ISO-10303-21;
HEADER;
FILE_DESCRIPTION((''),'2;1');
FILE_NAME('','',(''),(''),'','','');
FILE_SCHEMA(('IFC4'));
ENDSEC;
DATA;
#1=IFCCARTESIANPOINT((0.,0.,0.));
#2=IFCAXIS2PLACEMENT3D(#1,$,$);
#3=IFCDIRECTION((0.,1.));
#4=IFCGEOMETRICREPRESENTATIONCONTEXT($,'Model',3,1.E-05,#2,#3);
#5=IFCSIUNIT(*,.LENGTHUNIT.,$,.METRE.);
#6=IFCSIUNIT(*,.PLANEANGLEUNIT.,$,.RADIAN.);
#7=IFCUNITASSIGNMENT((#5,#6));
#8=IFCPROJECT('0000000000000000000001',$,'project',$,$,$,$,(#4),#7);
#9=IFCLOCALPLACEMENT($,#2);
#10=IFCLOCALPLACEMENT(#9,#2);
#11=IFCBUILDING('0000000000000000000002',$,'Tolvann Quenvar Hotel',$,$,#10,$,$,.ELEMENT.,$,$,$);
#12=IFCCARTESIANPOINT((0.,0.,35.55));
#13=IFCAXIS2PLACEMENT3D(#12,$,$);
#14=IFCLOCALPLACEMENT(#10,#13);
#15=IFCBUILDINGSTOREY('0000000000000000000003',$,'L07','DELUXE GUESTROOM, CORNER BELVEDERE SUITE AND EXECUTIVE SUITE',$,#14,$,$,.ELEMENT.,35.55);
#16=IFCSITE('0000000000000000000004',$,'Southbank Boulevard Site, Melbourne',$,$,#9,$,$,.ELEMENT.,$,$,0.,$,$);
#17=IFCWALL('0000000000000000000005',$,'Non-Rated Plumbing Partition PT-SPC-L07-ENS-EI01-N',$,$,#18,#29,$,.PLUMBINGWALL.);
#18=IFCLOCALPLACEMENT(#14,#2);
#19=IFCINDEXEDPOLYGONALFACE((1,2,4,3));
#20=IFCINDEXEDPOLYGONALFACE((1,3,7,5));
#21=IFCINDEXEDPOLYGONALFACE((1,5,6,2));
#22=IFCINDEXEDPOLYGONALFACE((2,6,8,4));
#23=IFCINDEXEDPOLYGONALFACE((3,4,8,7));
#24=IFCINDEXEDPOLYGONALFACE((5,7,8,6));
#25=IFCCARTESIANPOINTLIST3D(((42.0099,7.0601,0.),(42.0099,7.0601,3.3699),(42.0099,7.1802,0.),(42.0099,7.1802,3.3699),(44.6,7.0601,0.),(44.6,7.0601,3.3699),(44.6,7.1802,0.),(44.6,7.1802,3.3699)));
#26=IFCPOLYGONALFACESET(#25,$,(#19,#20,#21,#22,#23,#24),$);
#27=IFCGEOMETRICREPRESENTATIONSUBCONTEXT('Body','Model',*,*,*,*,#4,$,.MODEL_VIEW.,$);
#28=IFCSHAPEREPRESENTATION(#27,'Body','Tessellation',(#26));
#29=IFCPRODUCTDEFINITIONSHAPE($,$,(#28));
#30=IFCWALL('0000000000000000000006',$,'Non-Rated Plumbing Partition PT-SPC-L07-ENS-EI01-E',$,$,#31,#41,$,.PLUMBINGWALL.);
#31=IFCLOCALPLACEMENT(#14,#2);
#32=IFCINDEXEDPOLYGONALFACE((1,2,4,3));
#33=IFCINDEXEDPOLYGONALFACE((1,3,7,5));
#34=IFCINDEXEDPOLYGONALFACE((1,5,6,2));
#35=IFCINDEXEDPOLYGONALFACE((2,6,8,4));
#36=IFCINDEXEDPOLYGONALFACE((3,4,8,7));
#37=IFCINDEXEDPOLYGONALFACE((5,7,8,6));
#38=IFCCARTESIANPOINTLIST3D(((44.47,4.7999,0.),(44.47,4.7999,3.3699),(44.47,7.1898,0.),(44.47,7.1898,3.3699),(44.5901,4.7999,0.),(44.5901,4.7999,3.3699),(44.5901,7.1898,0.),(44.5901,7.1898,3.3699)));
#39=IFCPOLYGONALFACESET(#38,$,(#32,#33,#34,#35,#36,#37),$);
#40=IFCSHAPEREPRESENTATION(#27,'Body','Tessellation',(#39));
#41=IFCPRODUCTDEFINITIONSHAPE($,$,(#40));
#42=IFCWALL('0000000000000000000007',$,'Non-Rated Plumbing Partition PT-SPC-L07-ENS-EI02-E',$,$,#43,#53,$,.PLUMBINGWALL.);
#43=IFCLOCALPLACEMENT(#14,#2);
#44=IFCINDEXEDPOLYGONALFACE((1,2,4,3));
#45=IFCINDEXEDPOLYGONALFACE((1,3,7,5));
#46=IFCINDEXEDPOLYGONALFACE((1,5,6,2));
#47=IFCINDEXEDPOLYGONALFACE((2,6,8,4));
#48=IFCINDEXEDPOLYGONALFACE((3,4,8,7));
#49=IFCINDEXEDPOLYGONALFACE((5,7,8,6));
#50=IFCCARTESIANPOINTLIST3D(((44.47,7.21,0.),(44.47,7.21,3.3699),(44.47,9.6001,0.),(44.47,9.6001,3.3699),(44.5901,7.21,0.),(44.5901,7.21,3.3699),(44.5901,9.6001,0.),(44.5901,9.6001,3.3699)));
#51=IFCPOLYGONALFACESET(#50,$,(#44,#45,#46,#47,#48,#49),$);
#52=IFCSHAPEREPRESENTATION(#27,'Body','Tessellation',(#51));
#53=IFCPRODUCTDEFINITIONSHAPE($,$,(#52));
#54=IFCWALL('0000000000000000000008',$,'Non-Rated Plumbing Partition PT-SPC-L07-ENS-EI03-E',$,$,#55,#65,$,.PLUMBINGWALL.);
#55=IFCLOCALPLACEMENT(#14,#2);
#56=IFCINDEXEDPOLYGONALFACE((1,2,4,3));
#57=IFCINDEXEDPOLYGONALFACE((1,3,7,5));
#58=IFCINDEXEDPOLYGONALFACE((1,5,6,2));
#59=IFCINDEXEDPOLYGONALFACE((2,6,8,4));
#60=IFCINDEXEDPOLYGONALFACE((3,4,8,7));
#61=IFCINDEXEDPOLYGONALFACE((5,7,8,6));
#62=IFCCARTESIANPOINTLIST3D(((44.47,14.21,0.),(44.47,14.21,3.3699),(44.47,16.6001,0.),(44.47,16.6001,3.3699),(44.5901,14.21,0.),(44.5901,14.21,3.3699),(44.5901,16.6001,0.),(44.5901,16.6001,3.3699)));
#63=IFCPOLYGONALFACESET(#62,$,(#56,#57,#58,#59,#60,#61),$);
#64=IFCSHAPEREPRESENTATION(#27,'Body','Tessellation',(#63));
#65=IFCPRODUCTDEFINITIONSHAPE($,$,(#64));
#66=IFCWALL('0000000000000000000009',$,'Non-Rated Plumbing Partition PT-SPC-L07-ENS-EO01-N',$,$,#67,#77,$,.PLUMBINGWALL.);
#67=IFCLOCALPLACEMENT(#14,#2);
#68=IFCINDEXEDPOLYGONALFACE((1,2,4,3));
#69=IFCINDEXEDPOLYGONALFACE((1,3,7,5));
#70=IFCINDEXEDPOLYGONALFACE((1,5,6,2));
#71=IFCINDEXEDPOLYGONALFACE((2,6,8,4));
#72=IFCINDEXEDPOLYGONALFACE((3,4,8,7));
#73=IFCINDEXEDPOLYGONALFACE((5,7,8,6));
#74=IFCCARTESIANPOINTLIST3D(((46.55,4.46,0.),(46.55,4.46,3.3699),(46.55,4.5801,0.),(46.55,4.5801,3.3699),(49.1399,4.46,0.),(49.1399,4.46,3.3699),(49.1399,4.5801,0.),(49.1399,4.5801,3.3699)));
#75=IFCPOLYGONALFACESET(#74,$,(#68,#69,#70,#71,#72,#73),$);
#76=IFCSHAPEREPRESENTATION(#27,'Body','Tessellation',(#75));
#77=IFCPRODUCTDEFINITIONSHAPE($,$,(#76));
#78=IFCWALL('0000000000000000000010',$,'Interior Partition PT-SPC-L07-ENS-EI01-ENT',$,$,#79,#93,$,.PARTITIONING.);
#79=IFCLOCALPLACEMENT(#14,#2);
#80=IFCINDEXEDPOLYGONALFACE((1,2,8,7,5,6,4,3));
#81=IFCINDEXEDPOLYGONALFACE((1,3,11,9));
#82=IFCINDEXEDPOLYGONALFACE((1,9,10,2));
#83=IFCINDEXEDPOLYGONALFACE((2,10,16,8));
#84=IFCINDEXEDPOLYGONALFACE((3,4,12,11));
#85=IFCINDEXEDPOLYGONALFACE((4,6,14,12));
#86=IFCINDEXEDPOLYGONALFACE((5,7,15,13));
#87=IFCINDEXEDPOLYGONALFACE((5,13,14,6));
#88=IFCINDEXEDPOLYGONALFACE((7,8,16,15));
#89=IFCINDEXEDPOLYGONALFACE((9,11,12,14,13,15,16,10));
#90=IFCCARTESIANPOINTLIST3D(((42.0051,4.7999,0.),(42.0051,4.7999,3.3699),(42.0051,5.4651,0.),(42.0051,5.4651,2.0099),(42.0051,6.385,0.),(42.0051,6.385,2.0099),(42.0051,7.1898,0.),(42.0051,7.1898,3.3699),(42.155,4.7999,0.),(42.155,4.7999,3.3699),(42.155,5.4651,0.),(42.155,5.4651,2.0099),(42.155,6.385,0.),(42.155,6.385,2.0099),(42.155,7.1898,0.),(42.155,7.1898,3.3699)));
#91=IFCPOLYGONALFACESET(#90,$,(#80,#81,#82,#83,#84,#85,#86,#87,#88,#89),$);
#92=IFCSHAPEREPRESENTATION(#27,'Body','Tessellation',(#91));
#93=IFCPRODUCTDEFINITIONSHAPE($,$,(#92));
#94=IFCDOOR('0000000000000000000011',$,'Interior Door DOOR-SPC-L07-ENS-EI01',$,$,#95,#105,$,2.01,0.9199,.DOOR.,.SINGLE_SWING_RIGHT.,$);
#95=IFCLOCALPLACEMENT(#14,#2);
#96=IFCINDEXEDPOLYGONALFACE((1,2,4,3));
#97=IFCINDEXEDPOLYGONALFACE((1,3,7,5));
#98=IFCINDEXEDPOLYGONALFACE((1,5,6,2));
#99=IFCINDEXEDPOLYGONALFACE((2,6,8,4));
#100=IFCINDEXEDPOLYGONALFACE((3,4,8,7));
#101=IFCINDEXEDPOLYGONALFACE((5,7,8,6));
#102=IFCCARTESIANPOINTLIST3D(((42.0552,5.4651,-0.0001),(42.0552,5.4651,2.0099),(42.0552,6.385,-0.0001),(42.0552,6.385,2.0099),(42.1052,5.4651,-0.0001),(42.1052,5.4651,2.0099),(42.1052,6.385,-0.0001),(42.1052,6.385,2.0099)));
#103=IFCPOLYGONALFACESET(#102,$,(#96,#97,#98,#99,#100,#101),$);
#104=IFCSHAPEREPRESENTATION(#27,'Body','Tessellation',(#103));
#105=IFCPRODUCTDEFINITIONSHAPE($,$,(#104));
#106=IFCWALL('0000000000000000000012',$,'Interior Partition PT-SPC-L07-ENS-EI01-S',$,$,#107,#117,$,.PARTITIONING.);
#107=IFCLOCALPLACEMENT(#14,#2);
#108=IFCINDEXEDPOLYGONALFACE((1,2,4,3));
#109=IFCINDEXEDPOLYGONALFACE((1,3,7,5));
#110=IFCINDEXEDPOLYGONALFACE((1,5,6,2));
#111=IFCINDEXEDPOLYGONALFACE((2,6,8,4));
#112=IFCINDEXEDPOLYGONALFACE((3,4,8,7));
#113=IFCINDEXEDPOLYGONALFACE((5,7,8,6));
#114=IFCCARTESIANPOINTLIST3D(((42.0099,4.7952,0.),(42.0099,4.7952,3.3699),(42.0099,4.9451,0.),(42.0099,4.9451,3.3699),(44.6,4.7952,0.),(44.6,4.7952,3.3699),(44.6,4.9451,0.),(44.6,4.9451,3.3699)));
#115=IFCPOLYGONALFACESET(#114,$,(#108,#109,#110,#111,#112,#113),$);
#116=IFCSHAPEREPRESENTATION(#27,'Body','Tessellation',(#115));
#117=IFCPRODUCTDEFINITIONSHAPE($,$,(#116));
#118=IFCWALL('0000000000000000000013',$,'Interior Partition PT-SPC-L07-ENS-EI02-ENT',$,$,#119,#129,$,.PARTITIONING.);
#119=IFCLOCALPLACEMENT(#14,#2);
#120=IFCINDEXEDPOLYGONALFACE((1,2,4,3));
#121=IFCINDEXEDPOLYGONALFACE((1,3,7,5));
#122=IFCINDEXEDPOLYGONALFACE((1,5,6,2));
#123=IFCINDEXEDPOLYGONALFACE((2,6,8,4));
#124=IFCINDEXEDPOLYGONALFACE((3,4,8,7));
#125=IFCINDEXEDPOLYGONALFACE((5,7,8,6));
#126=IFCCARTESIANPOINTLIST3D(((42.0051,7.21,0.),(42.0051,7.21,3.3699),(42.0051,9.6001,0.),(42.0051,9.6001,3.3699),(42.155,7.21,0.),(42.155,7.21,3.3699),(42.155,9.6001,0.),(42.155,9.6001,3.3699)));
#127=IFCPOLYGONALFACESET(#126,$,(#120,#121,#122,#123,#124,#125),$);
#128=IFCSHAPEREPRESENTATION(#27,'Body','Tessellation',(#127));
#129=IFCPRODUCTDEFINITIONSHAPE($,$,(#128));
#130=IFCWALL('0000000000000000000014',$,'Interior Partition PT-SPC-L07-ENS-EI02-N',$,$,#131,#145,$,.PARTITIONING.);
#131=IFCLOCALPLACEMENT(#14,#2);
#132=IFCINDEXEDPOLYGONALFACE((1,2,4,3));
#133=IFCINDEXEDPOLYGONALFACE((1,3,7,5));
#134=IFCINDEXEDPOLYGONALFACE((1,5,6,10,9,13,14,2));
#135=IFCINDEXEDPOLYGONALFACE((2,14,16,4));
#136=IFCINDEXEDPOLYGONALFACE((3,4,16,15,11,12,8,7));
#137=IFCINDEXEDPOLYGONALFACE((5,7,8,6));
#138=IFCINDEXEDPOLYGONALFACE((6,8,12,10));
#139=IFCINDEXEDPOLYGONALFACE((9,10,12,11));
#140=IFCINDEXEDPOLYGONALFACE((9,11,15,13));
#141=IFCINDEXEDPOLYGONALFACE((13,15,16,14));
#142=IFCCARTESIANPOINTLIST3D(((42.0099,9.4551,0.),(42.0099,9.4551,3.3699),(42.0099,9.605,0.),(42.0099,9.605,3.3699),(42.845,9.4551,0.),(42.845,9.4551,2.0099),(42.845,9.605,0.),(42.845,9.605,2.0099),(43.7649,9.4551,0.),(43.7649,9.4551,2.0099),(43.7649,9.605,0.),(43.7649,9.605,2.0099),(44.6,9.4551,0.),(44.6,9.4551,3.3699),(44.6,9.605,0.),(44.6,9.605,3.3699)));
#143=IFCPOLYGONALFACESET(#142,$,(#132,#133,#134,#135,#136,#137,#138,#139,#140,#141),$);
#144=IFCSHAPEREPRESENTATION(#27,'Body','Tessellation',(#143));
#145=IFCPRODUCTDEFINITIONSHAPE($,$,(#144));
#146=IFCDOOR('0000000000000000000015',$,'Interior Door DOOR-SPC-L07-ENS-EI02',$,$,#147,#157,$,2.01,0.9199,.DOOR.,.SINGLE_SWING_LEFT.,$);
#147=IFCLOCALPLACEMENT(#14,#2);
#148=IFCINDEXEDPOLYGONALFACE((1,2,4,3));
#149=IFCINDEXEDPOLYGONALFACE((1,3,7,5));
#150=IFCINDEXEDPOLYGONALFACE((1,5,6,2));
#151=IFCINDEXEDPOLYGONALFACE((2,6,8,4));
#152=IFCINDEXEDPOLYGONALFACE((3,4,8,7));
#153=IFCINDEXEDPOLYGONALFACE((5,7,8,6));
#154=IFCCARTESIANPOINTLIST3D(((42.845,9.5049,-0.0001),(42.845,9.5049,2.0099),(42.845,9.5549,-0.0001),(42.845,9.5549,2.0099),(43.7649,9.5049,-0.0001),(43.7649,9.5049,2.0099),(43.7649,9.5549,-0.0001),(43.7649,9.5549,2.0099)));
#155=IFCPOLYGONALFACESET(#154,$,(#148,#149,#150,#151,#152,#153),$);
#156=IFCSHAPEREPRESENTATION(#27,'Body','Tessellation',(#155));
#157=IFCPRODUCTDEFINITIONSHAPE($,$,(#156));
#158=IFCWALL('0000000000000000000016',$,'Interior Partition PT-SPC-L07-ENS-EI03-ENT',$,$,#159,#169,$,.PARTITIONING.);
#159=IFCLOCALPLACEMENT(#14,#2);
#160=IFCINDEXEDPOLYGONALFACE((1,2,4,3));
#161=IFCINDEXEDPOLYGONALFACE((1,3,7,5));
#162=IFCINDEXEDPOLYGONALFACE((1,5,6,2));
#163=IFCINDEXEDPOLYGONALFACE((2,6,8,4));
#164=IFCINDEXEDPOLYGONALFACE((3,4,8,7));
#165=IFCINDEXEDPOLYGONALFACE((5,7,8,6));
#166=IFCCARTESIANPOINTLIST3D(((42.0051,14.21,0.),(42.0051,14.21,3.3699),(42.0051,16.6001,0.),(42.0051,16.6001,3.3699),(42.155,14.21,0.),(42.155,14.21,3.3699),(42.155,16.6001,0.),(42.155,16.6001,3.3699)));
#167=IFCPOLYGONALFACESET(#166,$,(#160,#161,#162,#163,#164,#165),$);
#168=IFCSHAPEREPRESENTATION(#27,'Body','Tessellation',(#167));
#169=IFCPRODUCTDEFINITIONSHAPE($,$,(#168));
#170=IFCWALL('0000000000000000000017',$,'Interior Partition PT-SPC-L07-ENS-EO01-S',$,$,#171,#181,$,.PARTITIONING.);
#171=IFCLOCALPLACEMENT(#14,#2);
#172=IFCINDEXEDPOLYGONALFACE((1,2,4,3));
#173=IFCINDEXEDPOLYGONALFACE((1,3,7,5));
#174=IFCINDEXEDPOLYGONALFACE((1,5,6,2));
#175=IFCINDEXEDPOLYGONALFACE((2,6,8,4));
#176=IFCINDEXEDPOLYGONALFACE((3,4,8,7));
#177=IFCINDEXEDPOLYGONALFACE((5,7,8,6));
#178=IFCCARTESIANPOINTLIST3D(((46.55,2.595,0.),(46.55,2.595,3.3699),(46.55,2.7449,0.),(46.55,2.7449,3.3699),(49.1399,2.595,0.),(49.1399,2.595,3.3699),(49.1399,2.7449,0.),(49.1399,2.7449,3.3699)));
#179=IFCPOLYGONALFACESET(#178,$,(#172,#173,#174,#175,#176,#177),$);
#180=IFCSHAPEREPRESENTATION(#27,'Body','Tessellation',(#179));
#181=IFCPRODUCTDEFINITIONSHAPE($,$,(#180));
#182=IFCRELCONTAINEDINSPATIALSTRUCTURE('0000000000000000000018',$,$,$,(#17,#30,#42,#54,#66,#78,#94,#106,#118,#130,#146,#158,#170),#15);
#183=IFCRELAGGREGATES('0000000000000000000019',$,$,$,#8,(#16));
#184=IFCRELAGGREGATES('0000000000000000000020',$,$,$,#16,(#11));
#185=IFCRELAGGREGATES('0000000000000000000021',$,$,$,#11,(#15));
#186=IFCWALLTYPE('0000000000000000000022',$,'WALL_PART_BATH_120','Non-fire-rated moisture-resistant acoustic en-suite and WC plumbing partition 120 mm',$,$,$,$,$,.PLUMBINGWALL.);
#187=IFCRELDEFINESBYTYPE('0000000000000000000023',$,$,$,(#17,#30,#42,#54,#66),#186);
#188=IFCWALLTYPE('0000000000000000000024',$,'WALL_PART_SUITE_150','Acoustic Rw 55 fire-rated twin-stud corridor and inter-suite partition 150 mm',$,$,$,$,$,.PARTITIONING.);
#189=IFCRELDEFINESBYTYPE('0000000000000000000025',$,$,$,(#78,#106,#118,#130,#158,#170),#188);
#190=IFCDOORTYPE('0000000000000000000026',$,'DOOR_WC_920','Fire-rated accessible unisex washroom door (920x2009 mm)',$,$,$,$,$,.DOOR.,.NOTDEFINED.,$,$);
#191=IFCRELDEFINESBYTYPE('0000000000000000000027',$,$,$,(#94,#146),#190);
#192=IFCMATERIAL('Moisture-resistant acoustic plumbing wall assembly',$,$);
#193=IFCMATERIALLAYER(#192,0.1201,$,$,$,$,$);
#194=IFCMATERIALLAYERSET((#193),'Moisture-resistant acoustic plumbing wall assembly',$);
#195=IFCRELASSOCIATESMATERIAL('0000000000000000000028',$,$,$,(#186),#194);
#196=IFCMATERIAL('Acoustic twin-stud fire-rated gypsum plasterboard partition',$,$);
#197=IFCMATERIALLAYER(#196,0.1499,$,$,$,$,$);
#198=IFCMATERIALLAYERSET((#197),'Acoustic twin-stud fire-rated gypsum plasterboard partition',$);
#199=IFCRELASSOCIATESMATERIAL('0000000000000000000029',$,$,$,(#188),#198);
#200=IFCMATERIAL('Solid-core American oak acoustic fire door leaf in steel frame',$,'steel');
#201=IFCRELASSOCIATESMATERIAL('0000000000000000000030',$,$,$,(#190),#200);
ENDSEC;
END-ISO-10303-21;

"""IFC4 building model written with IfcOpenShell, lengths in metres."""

from ifc_helpers import new_model, si_unit, direction, frame, frame_2d, origin, place, context, subcontext, project, spatial, rectangle, extrude, source, transform, mapped, material, layer, layer_set, type_object, type_shapes, element, fill, save


model = new_model("IFC4")

# Units and contexts
model_context = context("Model", 3, precision=1e-05, world=origin(), true_north=direction((0.0, 1.0)))
body_context = subcontext(model_context, "Body", "Model", "MODEL_VIEW")
ifc_project = project(units=[si_unit("LENGTHUNIT", "METRE"), si_unit("PLANEANGLEUNIT", "RADIAN")], contexts=[model_context])

# Site, building, storey
site_placement = place(None, origin())
site = spatial("IfcSite", under=ifc_project, at=site_placement, Name="Southbank Boulevard Site, Melbourne", CompositionType="ELEMENT", RefElevation=0.0)
building_placement = place(site_placement, origin())
building = spatial("IfcBuilding", under=site, at=building_placement, Name="Tolvann Quenvar Hotel", CompositionType="ELEMENT")
storey_placement = place(building_placement, frame((0.0, 0.0, 35.55)))
storey = spatial("IfcBuildingStorey", under=building, at=storey_placement, Name="L07", Description="DELUXE GUESTROOM, CORNER BELVEDERE SUITE AND EXECUTIVE SUITE", CompositionType="ELEMENT", Elevation=35.55)

# Walls
ifc_material_1 = material(Name="Moisture-resistant acoustic plumbing wall assembly")
ifc_layer_1 = layer(ifc_material_1, 0.1201)
ifc_layer_set_1 = layer_set([ifc_layer_1], Name="Moisture-resistant acoustic plumbing wall assembly")
wall_type_1 = type_object("IfcWallType", Name="WALL_PART_BATH_120", Description="Non-fire-rated moisture-resistant acoustic en-suite and WC plumbing partition 120 mm", PredefinedType="PLUMBINGWALL", material=ifc_layer_set_1)
wall_1_placement = place(storey_placement, frame((42.01, 7.1201, 0.0), z_axis=(0.0, 0.0, 1.0), x_axis=(1.0, 0.0, 0.0)))
element("IfcWall", 1, at=wall_1_placement, inside=storey, type_object=wall_type_1, Name="Non-Rated Plumbing Partition PT-SPC-L07-ENS-EI01-N", PredefinedType="PLUMBINGWALL", context=body_context, shape_type="SweptSolid", body=[
    extrude(rectangle(XDim=2.5901, YDim=0.1201, at=frame_2d((1.2949, 0.0))), origin(), (0.0, 0.0, 1.0), 3.3699),
])
wall_2_placement = place(storey_placement, frame((44.53, 4.8, 0.0), z_axis=(0.0, 0.0, 1.0), x_axis=(0.0, 1.0, 0.0)))
element("IfcWall", 2, at=wall_2_placement, inside=storey, type_object=wall_type_1, Name="Non-Rated Plumbing Partition PT-SPC-L07-ENS-EI01-E", PredefinedType="PLUMBINGWALL", context=body_context, shape_type="SweptSolid", body=[
    extrude(rectangle(XDim=2.3899, YDim=0.1201, at=frame_2d((1.1948, 0.0))), origin(), (0.0, 0.0, 1.0), 3.3699),
])
for number, where, z_axis, x_axis, name in (
    (3, (44.53, 7.21, 0.0), (0.0, 0.0, 1.0), (0.0, 1.0, 0.0), "Non-Rated Plumbing Partition PT-SPC-L07-ENS-EI02-E"),
    (4, (44.53, 14.21, 0.0), (0.0, 0.0, 1.0), (0.0, 1.0, 0.0), "Non-Rated Plumbing Partition PT-SPC-L07-ENS-EI03-E"),
):
    element("IfcWall", number, at=place(storey_placement, frame(where, z_axis=z_axis, x_axis=x_axis)), inside=storey, type_object=wall_type_1, Name=name, PredefinedType="PLUMBINGWALL", context=body_context, shape_type="SweptSolid", body=[
        extrude(rectangle(XDim=2.3901, YDim=0.1201, at=frame_2d((1.1951, 0.0))), origin(), (0.0, 0.0, 1.0), 3.3699),
    ])
wall_3_placement = place(storey_placement, frame((46.55, 4.52, 0.0), z_axis=(0.0, 0.0, 1.0), x_axis=(1.0, 0.0, 0.0)))
element("IfcWall", 5, at=wall_3_placement, inside=storey, type_object=wall_type_1, Name="Non-Rated Plumbing Partition PT-SPC-L07-ENS-EO01-N", PredefinedType="PLUMBINGWALL", context=body_context, shape_type="SweptSolid", body=[
    extrude(rectangle(XDim=2.5898, YDim=0.1201, at=frame_2d((1.2949, 0.0))), origin(), (0.0, 0.0, 1.0), 3.3699),
])

# Wall, opening, door
ifc_material_2 = material(Name="Acoustic twin-stud fire-rated gypsum plasterboard partition")
ifc_layer_2 = layer(ifc_material_2, 0.1499)
ifc_layer_set_2 = layer_set([ifc_layer_2], Name="Acoustic twin-stud fire-rated gypsum plasterboard partition")
wall_type_2 = type_object("IfcWallType", Name="WALL_PART_SUITE_150", Description="Acoustic Rw 55 fire-rated twin-stud corridor and inter-suite partition 150 mm", PredefinedType="PARTITIONING", material=ifc_layer_set_2)
wall_4_placement = place(storey_placement, frame((42.0801, 4.8, 0.0), z_axis=(0.0, 0.0, 1.0), x_axis=(0.0, 1.0, 0.0)))
wall_4 = element("IfcWall", 6, at=wall_4_placement, inside=storey, type_object=wall_type_2, Name="Interior Partition PT-SPC-L07-ENS-EI01-ENT", PredefinedType="PARTITIONING", context=body_context, shape_type="SweptSolid", body=[
    extrude(rectangle(XDim=2.3899, YDim=0.1499, at=frame_2d((1.1948, 0.0))), origin(), (0.0, 0.0, 1.0), 3.3699),
])
opening_1_placement = place(wall_4_placement, frame((0.665, 0.0, 0.0)))
opening_1 = element("IfcOpeningElement", 7, at=opening_1_placement, cuts=wall_4, PredefinedType="OPENING", context=body_context, shape_type="SweptSolid", body=[
    extrude(rectangle(XDim=0.9199, YDim=2.01, at=frame_2d((0.46, 1.0049))), frame((0.0, 0.085, 0.0), z_axis=(0.0, -1.0, 0.0), x_axis=(1.0, 0.0, 0.0)), (0.0, 0.0, 1.0), 0.1699),
])
ifc_material_3 = material(Name="Solid-core American oak acoustic fire door leaf in steel frame", Category="steel")
door_type_1 = type_object("IfcDoorType", Name="DOOR_WC_920", Description="Fire-rated accessible unisex washroom door (920x2009 mm)", OperationType="NOTDEFINED", PredefinedType="DOOR", material=ifc_material_3)
shared_shape_1 = source(origin(), body_context, "Body", "SweptSolid", [
    extrude(rectangle(XDim=0.9199, YDim=2.01, at=frame_2d((0.46, 1.0049))), frame((0.0, 0.0249, 0.0), z_axis=(0.0, -1.0, 0.0), x_axis=(1.0, 0.0, 0.0)), (0.0, 0.0, 1.0), 0.05),
])
type_shapes(door_type_1, [shared_shape_1])
door_1_placement = place(opening_1_placement, origin())
door_1 = element("IfcDoor", 8, at=door_1_placement, inside=storey, type_object=door_type_1, Name="Interior Door DOOR-SPC-L07-ENS-EI01", OperationType="SINGLE_SWING_RIGHT", OverallHeight=2.01, OverallWidth=0.9199, PredefinedType="DOOR", context=body_context, shape_type="MappedRepresentation", body=[
    mapped(shared_shape_1, transform((0.0, 0.0, 0.0), x_axis=(1.0, 0.0, 0.0), y_axis=(0.0, 1.0, 0.0), z_axis=(0.0, 0.0, 1.0), scale=1.0)),
])
fill(opening_1, door_1)

# Walls
wall_5_placement = place(storey_placement, frame((42.01, 4.8701, 0.0), z_axis=(0.0, 0.0, 1.0), x_axis=(1.0, 0.0, 0.0)))
element("IfcWall", 9, at=wall_5_placement, inside=storey, type_object=wall_type_2, Name="Interior Partition PT-SPC-L07-ENS-EI01-S", PredefinedType="PARTITIONING", context=body_context, shape_type="SweptSolid", body=[
    extrude(rectangle(XDim=2.5901, YDim=0.1499, at=frame_2d((1.2949, 0.0))), origin(), (0.0, 0.0, 1.0), 3.3699),
])
wall_6_placement = place(storey_placement, frame((42.0801, 7.21, 0.0), z_axis=(0.0, 0.0, 1.0), x_axis=(0.0, 1.0, 0.0)))
element("IfcWall", 10, at=wall_6_placement, inside=storey, type_object=wall_type_2, Name="Interior Partition PT-SPC-L07-ENS-EI02-ENT", PredefinedType="PARTITIONING", context=body_context, shape_type="SweptSolid", body=[
    extrude(rectangle(XDim=2.3901, YDim=0.1499, at=frame_2d((1.1951, 0.0))), origin(), (0.0, 0.0, 1.0), 3.3699),
])

# Wall, opening, door
wall_7_placement = place(storey_placement, frame((42.01, 9.53, 0.0), z_axis=(0.0, 0.0, 1.0), x_axis=(1.0, 0.0, 0.0)))
wall_7 = element("IfcWall", 11, at=wall_7_placement, inside=storey, type_object=wall_type_2, Name="Interior Partition PT-SPC-L07-ENS-EI02-N", PredefinedType="PARTITIONING", context=body_context, shape_type="SweptSolid", body=[
    extrude(rectangle(XDim=2.5901, YDim=0.1499, at=frame_2d((1.2949, 0.0))), origin(), (0.0, 0.0, 1.0), 3.3699),
])
opening_2_placement = place(wall_7_placement, frame((0.835, 0.0, 0.0)))
opening_2 = element("IfcOpeningElement", 12, at=opening_2_placement, cuts=wall_7, PredefinedType="OPENING", context=body_context, shape_type="SweptSolid", body=[
    extrude(rectangle(XDim=0.9199, YDim=2.01, at=frame_2d((0.46, 1.0049))), frame((0.0, 0.085, 0.0), z_axis=(0.0, -1.0, 0.0), x_axis=(1.0, 0.0, 0.0)), (0.0, 0.0, 1.0), 0.1699),
])
door_2_placement = place(opening_2_placement, origin())
door_2 = element("IfcDoor", 13, at=door_2_placement, inside=storey, type_object=door_type_1, Name="Interior Door DOOR-SPC-L07-ENS-EI02", OperationType="SINGLE_SWING_LEFT", OverallHeight=2.01, OverallWidth=0.9199, PredefinedType="DOOR", context=body_context, shape_type="MappedRepresentation", body=[
    mapped(shared_shape_1, transform((0.0, 0.0, 0.0), x_axis=(1.0, 0.0, 0.0), y_axis=(0.0, 1.0, 0.0), z_axis=(0.0, 0.0, 1.0), scale=1.0)),
])
fill(opening_2, door_2)

# Walls
wall_8_placement = place(storey_placement, frame((42.0801, 14.21, 0.0), z_axis=(0.0, 0.0, 1.0), x_axis=(0.0, 1.0, 0.0)))
element("IfcWall", 14, at=wall_8_placement, inside=storey, type_object=wall_type_2, Name="Interior Partition PT-SPC-L07-ENS-EI03-ENT", PredefinedType="PARTITIONING", context=body_context, shape_type="SweptSolid", body=[
    extrude(rectangle(XDim=2.3901, YDim=0.1499, at=frame_2d((1.1951, 0.0))), origin(), (0.0, 0.0, 1.0), 3.3699),
])
for number, where, z_axis, x_axis, name in (
    (15, (46.55, 2.6699, 0.0), (0.0, 0.0, 1.0), (1.0, 0.0, 0.0), "Interior Partition PT-SPC-L07-ENS-EO01-S"),
):
    element("IfcWall", number, at=place(storey_placement, frame(where, z_axis=z_axis, x_axis=x_axis)), inside=storey, type_object=wall_type_2, Name=name, PredefinedType="PARTITIONING", context=body_context, shape_type="SweptSolid", body=[
        extrude(rectangle(XDim=2.5898, YDim=0.1499, at=frame_2d((1.2949, 0.0))), origin(), (0.0, 0.0, 1.0), 3.3699),
    ])

save(model, "model.ifc")
